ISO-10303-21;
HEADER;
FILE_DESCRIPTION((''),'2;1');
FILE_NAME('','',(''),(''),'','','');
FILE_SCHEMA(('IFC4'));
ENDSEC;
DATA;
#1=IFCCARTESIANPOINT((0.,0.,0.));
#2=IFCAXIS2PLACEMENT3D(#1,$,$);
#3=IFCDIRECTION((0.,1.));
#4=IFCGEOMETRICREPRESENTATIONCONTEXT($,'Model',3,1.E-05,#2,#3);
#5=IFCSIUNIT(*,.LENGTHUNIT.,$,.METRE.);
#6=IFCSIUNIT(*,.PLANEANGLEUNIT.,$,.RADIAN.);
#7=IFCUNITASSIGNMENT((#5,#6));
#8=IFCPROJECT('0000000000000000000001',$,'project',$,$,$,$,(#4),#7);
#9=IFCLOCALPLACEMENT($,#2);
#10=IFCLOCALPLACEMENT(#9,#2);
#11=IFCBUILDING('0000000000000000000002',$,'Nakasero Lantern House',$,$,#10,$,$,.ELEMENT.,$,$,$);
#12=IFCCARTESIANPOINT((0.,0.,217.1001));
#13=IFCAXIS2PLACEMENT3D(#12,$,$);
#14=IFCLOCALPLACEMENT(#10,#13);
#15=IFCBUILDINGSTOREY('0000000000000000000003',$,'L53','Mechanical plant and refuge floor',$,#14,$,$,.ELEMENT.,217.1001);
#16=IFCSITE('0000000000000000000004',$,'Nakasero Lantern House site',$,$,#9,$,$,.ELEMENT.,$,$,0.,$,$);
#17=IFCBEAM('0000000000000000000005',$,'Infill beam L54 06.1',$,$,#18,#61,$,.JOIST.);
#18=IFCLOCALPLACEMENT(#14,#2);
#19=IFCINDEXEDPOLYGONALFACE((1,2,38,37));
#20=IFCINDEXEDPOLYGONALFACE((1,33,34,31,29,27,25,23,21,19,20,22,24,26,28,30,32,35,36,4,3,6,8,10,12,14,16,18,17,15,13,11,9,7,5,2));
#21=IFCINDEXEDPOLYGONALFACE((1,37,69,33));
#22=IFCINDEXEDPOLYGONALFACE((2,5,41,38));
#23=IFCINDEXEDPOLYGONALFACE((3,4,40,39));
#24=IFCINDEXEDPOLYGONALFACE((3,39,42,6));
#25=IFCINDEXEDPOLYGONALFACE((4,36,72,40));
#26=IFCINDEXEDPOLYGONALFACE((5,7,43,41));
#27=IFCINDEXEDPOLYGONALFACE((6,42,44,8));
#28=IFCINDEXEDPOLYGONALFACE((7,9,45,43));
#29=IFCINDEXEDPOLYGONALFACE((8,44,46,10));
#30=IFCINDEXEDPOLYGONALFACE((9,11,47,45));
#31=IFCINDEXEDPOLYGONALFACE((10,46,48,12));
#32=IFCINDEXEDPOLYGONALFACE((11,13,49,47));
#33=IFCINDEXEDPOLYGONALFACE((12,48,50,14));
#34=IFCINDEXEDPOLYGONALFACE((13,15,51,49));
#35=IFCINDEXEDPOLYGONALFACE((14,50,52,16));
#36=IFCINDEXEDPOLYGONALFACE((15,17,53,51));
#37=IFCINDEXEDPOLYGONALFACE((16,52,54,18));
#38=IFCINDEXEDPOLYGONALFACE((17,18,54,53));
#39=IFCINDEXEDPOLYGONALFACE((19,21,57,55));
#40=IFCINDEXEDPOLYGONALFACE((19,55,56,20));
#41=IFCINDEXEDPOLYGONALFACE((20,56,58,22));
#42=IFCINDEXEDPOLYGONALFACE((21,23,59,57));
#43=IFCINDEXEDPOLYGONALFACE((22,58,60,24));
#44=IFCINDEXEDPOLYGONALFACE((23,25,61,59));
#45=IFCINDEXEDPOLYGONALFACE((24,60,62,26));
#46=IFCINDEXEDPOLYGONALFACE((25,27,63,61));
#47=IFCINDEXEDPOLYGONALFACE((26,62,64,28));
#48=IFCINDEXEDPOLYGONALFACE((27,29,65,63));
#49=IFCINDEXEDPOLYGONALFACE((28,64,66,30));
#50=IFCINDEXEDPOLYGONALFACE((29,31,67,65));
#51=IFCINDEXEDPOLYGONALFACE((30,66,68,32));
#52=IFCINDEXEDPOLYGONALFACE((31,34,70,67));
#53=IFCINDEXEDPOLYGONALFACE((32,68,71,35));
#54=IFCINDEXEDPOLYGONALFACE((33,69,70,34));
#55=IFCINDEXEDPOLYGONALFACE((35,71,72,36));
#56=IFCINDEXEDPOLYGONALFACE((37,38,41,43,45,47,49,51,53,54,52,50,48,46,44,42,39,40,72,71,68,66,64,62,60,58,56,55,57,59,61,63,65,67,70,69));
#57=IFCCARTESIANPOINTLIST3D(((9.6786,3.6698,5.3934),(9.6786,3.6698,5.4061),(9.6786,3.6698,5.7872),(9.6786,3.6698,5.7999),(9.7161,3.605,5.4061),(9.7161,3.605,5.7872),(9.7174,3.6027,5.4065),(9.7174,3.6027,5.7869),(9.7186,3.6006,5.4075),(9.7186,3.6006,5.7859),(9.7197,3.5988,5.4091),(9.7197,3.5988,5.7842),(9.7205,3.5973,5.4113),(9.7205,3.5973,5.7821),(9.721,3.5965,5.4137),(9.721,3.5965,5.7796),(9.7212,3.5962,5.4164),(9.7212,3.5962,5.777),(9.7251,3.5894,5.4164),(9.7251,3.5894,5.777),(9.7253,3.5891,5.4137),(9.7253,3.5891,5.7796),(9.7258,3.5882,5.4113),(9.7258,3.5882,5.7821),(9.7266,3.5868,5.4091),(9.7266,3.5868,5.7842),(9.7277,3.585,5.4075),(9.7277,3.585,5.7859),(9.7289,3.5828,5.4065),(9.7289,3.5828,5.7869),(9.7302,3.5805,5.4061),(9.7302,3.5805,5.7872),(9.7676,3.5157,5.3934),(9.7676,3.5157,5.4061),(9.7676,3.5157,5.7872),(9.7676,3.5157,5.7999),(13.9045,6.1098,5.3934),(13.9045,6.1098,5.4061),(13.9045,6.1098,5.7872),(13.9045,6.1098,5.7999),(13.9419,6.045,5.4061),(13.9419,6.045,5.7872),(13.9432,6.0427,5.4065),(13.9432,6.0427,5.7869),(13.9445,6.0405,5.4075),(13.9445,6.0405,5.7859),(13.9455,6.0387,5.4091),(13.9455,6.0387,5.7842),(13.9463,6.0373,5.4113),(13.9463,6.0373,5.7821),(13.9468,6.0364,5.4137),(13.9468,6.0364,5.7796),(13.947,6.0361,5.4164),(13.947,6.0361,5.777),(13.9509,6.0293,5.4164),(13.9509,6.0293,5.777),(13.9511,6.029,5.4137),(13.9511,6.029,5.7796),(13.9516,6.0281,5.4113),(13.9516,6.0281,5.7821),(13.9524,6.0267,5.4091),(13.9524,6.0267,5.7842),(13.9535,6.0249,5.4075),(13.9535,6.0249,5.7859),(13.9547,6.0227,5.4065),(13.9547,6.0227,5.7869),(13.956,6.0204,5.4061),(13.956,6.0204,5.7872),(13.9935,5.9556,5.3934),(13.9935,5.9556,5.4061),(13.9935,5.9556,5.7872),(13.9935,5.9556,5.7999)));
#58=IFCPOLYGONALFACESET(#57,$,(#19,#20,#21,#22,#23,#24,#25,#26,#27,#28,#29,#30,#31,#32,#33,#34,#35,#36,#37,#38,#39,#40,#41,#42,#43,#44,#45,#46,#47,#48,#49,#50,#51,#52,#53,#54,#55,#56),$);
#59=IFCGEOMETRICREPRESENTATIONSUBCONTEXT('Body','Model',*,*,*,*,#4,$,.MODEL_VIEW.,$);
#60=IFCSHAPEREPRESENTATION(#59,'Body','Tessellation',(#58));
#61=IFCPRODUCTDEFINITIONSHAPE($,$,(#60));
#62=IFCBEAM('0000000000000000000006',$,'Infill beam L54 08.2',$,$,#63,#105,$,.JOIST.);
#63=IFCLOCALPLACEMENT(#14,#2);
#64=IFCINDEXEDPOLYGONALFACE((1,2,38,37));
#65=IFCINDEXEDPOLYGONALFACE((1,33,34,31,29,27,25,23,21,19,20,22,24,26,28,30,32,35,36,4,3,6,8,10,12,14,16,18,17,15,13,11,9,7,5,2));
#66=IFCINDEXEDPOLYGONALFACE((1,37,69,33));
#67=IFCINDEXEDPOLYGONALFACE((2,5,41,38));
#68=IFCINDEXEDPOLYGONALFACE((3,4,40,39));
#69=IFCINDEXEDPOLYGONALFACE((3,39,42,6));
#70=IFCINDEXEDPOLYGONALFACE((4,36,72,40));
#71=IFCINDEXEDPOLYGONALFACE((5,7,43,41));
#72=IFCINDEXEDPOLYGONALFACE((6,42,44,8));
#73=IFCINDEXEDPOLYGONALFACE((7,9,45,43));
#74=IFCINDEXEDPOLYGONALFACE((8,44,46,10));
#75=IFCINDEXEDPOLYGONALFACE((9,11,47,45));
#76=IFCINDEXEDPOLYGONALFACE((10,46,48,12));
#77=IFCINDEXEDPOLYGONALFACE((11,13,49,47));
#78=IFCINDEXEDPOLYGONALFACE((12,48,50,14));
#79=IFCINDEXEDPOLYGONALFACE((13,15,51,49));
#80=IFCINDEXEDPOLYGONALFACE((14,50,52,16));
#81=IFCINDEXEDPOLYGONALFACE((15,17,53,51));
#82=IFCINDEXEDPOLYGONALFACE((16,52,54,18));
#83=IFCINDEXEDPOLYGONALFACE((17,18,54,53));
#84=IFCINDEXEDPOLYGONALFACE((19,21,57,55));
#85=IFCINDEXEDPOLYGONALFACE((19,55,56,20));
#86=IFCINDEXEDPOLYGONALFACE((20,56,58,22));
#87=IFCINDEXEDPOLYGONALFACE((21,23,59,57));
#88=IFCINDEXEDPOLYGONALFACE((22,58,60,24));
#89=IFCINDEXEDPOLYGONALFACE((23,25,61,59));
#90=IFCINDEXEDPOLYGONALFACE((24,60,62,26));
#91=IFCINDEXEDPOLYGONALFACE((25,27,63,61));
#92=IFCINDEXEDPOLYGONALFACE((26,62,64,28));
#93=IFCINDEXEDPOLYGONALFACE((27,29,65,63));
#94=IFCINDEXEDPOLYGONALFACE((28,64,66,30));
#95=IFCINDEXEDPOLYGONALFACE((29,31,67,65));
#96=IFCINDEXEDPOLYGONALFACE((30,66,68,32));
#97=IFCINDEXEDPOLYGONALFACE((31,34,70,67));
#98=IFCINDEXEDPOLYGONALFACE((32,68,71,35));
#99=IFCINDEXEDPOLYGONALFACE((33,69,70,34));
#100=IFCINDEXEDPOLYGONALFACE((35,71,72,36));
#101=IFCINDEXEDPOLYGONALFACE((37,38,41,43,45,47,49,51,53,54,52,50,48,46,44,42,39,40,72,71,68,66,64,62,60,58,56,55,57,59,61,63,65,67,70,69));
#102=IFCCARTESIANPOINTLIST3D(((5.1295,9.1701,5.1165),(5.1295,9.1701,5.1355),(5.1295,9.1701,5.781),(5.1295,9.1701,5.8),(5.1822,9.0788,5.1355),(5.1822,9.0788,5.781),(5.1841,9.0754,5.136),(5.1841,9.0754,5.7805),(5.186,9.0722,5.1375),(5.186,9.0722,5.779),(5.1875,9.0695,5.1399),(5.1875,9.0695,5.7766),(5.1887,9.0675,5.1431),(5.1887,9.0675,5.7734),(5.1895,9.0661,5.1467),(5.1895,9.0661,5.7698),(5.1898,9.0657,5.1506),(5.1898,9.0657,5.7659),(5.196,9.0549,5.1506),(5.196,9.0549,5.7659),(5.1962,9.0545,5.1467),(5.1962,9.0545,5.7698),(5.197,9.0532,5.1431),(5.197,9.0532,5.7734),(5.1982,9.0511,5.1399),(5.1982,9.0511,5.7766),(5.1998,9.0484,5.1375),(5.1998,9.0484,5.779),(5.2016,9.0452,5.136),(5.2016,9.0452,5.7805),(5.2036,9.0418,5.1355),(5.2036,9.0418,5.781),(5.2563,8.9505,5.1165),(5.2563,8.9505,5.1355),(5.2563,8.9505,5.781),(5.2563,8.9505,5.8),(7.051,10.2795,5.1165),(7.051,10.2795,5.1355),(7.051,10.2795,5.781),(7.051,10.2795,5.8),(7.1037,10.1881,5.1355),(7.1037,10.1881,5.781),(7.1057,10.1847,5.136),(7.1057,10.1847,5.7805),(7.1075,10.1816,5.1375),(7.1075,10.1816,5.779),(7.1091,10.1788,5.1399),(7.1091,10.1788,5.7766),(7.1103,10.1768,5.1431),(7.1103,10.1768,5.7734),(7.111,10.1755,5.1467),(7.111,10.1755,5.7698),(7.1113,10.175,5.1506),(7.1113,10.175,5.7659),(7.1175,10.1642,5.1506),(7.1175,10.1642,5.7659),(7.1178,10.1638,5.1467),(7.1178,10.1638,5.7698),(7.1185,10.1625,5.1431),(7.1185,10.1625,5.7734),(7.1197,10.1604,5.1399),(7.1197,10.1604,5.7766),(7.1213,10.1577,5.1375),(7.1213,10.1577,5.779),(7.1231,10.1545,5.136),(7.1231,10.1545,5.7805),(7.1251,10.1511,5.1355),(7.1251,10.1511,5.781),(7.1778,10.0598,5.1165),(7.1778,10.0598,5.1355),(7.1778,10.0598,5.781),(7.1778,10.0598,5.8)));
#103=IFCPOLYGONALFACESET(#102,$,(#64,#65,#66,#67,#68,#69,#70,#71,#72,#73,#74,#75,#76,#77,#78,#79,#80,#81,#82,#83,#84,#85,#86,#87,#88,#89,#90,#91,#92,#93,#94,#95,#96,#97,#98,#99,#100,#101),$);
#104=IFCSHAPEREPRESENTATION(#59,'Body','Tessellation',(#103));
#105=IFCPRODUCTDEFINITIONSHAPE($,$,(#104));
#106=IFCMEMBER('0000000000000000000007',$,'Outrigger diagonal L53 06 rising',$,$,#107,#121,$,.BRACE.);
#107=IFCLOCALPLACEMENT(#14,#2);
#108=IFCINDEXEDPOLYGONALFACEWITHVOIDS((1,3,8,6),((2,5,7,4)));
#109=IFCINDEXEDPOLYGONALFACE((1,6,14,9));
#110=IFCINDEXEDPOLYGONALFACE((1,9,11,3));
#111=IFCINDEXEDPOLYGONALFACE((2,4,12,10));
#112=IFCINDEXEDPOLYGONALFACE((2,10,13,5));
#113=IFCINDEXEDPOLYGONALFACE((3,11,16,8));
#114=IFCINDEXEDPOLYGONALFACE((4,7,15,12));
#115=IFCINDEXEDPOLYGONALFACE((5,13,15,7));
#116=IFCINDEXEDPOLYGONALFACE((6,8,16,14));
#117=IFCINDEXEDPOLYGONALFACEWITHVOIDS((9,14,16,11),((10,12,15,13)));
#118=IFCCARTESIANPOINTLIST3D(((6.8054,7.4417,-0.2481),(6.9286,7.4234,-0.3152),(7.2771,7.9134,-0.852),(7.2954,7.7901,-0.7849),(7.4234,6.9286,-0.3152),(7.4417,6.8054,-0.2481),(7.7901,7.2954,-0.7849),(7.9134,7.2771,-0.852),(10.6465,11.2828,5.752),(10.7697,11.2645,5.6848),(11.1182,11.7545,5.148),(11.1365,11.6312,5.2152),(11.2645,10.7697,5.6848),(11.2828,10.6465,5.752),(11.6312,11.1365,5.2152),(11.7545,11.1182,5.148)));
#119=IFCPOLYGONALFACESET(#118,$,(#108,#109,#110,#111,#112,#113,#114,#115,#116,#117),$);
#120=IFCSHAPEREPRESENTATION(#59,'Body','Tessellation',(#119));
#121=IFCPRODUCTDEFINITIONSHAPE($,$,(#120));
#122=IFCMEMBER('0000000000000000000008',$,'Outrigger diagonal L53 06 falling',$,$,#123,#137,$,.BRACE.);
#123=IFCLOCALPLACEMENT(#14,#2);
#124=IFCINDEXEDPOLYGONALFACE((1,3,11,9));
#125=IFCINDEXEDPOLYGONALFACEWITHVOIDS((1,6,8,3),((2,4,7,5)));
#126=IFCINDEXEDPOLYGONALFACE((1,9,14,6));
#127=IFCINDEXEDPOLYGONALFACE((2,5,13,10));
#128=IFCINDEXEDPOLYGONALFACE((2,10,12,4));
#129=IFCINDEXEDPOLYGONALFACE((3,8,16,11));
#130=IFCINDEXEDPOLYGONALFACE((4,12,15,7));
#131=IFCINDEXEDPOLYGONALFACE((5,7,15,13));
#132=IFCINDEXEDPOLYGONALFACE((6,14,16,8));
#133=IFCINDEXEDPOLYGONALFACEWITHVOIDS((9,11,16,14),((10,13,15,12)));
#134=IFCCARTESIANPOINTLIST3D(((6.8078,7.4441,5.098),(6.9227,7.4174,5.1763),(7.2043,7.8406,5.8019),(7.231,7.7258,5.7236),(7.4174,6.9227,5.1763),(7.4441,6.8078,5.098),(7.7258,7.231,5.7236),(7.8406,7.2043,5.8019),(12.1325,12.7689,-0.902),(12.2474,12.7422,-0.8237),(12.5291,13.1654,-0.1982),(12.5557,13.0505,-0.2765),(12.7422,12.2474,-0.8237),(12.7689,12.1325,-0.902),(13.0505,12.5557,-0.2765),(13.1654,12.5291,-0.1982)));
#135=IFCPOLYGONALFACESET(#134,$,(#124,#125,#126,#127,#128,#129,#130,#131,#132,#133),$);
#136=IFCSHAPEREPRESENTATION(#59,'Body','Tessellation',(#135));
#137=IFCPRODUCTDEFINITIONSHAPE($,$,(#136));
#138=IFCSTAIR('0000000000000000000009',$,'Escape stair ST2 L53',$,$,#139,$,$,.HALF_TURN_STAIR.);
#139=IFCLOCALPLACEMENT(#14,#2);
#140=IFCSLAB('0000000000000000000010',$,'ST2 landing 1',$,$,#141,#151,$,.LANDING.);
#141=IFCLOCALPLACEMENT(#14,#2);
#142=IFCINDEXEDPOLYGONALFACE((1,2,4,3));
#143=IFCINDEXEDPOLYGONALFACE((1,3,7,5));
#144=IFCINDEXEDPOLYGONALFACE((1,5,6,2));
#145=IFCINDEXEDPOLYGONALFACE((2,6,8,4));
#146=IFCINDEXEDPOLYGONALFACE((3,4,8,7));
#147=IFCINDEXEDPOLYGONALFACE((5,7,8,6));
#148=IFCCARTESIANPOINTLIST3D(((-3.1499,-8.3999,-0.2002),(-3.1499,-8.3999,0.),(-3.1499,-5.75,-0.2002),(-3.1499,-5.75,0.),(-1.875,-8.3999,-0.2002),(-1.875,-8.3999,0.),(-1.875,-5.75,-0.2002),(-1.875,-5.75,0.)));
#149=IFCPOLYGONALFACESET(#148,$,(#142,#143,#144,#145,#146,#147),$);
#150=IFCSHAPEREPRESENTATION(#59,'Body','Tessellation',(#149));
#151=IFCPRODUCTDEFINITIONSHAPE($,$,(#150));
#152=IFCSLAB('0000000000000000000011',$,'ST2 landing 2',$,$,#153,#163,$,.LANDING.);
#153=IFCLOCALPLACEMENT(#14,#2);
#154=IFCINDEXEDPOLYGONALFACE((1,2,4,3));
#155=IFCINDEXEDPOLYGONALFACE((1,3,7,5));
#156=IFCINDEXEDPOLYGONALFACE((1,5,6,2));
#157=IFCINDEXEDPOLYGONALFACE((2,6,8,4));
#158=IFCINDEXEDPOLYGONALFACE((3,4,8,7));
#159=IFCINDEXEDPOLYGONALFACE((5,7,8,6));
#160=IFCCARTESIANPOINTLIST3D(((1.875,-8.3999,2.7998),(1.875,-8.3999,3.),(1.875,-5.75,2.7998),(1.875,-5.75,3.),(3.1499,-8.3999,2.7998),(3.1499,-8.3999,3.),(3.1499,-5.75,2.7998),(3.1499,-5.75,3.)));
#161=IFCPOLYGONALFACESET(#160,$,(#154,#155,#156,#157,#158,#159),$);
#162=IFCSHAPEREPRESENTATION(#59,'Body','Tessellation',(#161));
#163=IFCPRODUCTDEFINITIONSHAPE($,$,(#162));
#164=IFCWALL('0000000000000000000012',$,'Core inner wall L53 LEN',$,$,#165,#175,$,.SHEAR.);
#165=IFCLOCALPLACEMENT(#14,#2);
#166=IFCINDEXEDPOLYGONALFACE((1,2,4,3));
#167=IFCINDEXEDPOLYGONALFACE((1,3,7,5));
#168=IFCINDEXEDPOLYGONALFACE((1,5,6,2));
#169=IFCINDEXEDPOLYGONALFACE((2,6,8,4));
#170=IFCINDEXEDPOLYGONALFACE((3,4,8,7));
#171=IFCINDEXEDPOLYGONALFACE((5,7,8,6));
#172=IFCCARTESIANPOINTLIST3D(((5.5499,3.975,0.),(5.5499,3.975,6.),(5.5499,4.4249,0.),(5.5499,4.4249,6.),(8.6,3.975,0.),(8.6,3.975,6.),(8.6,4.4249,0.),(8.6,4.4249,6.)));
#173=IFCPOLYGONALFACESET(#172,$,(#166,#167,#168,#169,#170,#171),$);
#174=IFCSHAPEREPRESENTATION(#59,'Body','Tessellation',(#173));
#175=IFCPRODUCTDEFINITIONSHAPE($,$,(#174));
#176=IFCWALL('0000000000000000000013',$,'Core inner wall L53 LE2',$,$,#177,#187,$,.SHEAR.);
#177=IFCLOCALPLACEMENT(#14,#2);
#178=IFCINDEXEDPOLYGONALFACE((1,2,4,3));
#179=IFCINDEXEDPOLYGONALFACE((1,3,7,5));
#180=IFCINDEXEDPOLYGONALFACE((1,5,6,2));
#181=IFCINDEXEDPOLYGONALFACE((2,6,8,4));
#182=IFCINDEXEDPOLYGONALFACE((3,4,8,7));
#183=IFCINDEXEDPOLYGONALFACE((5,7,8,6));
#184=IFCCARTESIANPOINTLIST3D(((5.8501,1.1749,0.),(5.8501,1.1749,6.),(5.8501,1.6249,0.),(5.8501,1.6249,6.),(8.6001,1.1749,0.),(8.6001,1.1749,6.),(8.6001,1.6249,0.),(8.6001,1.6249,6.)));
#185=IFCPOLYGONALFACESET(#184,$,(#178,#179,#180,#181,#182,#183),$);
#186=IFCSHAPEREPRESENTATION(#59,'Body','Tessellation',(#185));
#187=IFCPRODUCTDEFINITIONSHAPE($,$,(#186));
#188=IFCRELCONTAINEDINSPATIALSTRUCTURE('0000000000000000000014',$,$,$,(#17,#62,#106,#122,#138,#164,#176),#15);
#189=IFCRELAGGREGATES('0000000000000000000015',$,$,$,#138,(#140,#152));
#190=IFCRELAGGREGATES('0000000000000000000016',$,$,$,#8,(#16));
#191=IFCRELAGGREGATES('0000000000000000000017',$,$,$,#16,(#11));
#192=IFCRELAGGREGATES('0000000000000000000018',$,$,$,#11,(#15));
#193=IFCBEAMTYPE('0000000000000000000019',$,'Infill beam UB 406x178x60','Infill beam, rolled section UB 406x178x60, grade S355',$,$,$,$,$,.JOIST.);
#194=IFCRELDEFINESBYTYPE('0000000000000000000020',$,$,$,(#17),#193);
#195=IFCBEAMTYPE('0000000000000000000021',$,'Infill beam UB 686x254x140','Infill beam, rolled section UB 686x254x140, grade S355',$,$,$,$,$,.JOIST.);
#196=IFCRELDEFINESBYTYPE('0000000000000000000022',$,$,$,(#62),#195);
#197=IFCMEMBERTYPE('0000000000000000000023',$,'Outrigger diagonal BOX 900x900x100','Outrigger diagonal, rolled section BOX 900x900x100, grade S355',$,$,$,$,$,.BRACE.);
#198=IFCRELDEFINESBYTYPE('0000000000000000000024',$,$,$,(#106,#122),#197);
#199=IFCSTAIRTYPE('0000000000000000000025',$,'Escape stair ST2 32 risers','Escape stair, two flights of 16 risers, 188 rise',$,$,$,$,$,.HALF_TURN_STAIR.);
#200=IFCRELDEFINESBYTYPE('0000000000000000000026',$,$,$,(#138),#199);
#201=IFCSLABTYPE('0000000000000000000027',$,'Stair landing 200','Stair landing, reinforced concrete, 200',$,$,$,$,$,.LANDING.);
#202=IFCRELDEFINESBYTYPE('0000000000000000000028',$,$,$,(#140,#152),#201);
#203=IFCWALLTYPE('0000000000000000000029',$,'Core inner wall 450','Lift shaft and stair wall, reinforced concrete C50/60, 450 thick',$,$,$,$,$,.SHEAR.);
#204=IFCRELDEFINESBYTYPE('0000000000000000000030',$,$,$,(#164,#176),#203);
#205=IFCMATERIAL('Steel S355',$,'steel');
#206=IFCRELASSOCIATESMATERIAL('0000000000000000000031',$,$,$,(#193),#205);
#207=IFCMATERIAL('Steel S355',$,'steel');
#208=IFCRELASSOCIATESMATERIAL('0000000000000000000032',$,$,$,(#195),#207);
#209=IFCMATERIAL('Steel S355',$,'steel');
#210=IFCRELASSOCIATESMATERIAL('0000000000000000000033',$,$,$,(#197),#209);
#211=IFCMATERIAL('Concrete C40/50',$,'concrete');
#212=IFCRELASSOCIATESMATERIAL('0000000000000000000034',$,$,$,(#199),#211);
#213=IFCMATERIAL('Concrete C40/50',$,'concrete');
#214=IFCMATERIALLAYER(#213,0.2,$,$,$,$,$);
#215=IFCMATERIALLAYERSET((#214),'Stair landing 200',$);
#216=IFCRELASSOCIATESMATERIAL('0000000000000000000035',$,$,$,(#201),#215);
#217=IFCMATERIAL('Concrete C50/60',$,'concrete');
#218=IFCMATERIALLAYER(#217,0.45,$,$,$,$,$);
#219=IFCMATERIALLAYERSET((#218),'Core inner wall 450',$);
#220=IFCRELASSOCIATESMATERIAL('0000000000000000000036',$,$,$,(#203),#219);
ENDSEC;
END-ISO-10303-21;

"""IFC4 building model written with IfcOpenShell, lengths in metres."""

from ifc_helpers import new_model, si_unit, direction, frame, frame_2d, origin, origin_2d, place, context, subcontext, project, spatial, polyline, rectangle, hollow_rectangle, i_section, outline, extrude, material, layer, layer_set, material_profile, profile_set, type_object, element, aggregate, save


model = new_model("IFC4")

# Units and contexts
model_context = context("Model", 3, precision=1e-05, world=origin(), true_north=direction((0.0, 1.0)))
body_context = subcontext(model_context, "Body", "Model", "MODEL_VIEW")
ifc_project = project(units=[si_unit("LENGTHUNIT", "METRE"), si_unit("PLANEANGLEUNIT", "RADIAN")], contexts=[model_context])

# Site, building, storey
site_placement = place(None, origin())
site = spatial("IfcSite", under=ifc_project, at=site_placement, Name="Nakasero Lantern House site", CompositionType="ELEMENT", RefElevation=0.0)
building_placement = place(site_placement, origin())
building = spatial("IfcBuilding", under=site, at=building_placement, Name="Nakasero Lantern House", CompositionType="ELEMENT")
storey_placement = place(building_placement, frame((0.0, 0.0, 217.1001)))
storey = spatial("IfcBuildingStorey", under=building, at=storey_placement, Name="L53", Description="Mechanical plant and refuge floor", CompositionType="ELEMENT", Elevation=217.1001)

# Beams
ifc_material_1 = material(Name="Steel S355", Category="steel")
ifc_material_profile_1 = material_profile(ifc_material_1, i_section(OverallWidth=0.178, OverallDepth=0.4065, WebThickness=0.0078, FlangeThickness=0.0127, FilletRadius=0.0103, at=origin_2d()), Name="UB 406x178x60")
ifc_profile_set_1 = profile_set([ifc_material_profile_1], Name="Steel S355")
beam_type_1 = type_object("IfcBeamType", Name="Infill beam UB 406x178x60", Description="Infill beam, rolled section UB 406x178x60, grade S355", PredefinedType="JOIST", material=ifc_profile_set_1)
beam_1_placement = place(storey_placement, frame((9.7231, 3.5928, 5.5967), z_axis=(0.866011, 0.500024, 0.0), x_axis=(-0.500024, 0.866011, 0.0)))
element("IfcBeam", 1, at=beam_1_placement, inside=storey, type_object=beam_type_1, Name="Infill beam L54 06.1", PredefinedType="JOIST", context=body_context, shape_type="SweptSolid", body=[
    extrude(i_section(OverallWidth=0.178, OverallDepth=0.4065, WebThickness=0.0078, FlangeThickness=0.0127, FilletRadius=0.0103, at=origin_2d()), origin(), (0.0, 0.0, 1.0), 4.8796),
])
ifc_material_2 = material(Name="Steel S355", Category="steel")
ifc_material_profile_2 = material_profile(ifc_material_2, i_section(OverallWidth=0.2537, OverallDepth=0.6836, WebThickness=0.0125, FlangeThickness=0.019, FilletRadius=0.0151, at=origin_2d()), Name="UB 686x254x140")
ifc_profile_set_2 = profile_set([ifc_material_profile_2], Name="Steel S355")
beam_type_2 = type_object("IfcBeamType", Name="Infill beam UB 686x254x140", Description="Infill beam, rolled section UB 686x254x140, grade S355", PredefinedType="JOIST", material=ifc_profile_set_2)
beam_2_placement = place(storey_placement, frame((5.1929, 9.0603, 5.4583), z_axis=(0.866041, 0.499973, 0.0), x_axis=(-0.499973, 0.866041, 0.0)))
element("IfcBeam", 2, at=beam_2_placement, inside=storey, type_object=beam_type_2, Name="Infill beam L54 08.2", PredefinedType="JOIST", context=body_context, shape_type="SweptSolid", body=[
    extrude(i_section(OverallWidth=0.2537, OverallDepth=0.6836, WebThickness=0.0125, FlangeThickness=0.019, FilletRadius=0.0151, at=origin_2d()), origin(), (0.0, 0.0, 1.0), 2.2188),
])

# Members
ifc_material_3 = material(Name="Steel S355", Category="steel")
ifc_material_profile_3 = material_profile(ifc_material_3, hollow_rectangle(XDim=0.8999, YDim=0.8999, WallThickness=0.1001, at=origin_2d()), Name="BOX 900x900x100")
ifc_profile_set_3 = profile_set([ifc_material_profile_3], Name="Steel S355")
member_type = type_object("IfcMemberType", Name="Outrigger diagonal BOX 900x900x100", Description="Outrigger diagonal, rolled section BOX 900x900x100, grade S355", PredefinedType="BRACE", material=ifc_profile_set_3)
member_1_placement = place(storey_placement, frame((7.3594, 7.3594, -0.55), z_axis=(0.474576, 0.474576, 0.74132), x_axis=(-0.707107, 0.707107, 0.0)))
element("IfcMember", 3, at=member_1_placement, inside=storey, type_object=member_type, Name="Outrigger diagonal L53 06 rising", PredefinedType="BRACE", context=body_context, shape_type="SweptSolid", body=[
    extrude(hollow_rectangle(XDim=0.8999, YDim=0.8999, WallThickness=0.1001, at=origin_2d()), origin(), (0.0, 0.0, 1.0), 8.0938),
])
member_2_placement = place(storey_placement, frame((7.3242, 7.3242, 5.45), z_axis=(0.553024, 0.553024, -0.62316), x_axis=(-0.707107, 0.707107, 0.0)))
element("IfcMember", 4, at=member_2_placement, inside=storey, type_object=member_type, Name="Outrigger diagonal L53 06 falling", PredefinedType="BRACE", context=body_context, shape_type="SweptSolid", body=[
    extrude(hollow_rectangle(XDim=0.8999, YDim=0.8999, WallThickness=0.1001, at=origin_2d()), origin(), (0.0, 0.0, 1.0), 9.6284),
])

# Stair, slabs
ifc_material_4 = material(Name="Concrete C40/50", Category="concrete")
stair_type_1 = type_object("IfcStairType", Name="Escape stair ST2 32 risers", Description="Escape stair, two flights of 16 risers, 188 rise", PredefinedType="HALF_TURN_STAIR", material=ifc_material_4)
stair_1_placement = place(storey_placement, origin())
stair_1 = element("IfcStair", 5, at=stair_1_placement, inside=storey, type_object=stair_type_1, Name="Escape stair ST2 L53", PredefinedType="HALF_TURN_STAIR")
ifc_material_5 = material(Name="Concrete C40/50", Category="concrete")
ifc_layer_1 = layer(ifc_material_5, 0.2)
ifc_layer_set_1 = layer_set([ifc_layer_1], Name="Stair landing 200")
slab_type = type_object("IfcSlabType", Name="Stair landing 200", Description="Stair landing, reinforced concrete, 200", PredefinedType="LANDING", material=ifc_layer_set_1)
slab_1_placement = place(storey_placement, frame((0.0, 0.0, -0.2002)))
slab_1 = element("IfcSlab", 6, at=slab_1_placement, type_object=slab_type, Name="ST2 landing 1", PredefinedType="LANDING", context=body_context, shape_type="SweptSolid", body=[
    extrude(outline(polyline([(-3.1499, -8.3999), (-1.875, -8.3999), (-1.875, -5.75), (-3.1499, -5.75), (-3.1499, -8.3999)])), origin(), (0.0, 0.0, 1.0), 0.2002),
])
slab_2_placement = place(storey_placement, frame((0.0, 0.0, 2.7998)))
slab_2 = element("IfcSlab", 7, at=slab_2_placement, type_object=slab_type, Name="ST2 landing 2", PredefinedType="LANDING", context=body_context, shape_type="SweptSolid", body=[
    extrude(outline(polyline([(1.875, -8.3999), (3.1499, -8.3999), (3.1499, -5.75), (1.875, -5.75), (1.875, -8.3999)])), origin(), (0.0, 0.0, 1.0), 0.2002),
])
aggregate(stair_1, [slab_1, slab_2])

# Walls
ifc_material_6 = material(Name="Concrete C50/60", Category="concrete")
ifc_layer_2 = layer(ifc_material_6, 0.45)
ifc_layer_set_2 = layer_set([ifc_layer_2], Name="Core inner wall 450")
wall_type_1 = type_object("IfcWallType", Name="Core inner wall 450", Description="Lift shaft and stair wall, reinforced concrete C50/60, 450 thick", PredefinedType="SHEAR", material=ifc_layer_set_2)
wall_1_placement = place(storey_placement, frame((5.55, 4.2, 0.0), z_axis=(0.0, 0.0, 1.0), x_axis=(1.0, 0.0, 0.0)))
element("IfcWall", 8, at=wall_1_placement, inside=storey, type_object=wall_type_1, Name="Core inner wall L53 LEN", PredefinedType="SHEAR", context=body_context, shape_type="SweptSolid", body=[
    extrude(rectangle(XDim=3.05, YDim=0.45, at=frame_2d((1.5249, 0.0))), origin(), (0.0, 0.0, 1.0), 6.0),
])
wall_2_placement = place(storey_placement, frame((5.8501, 1.3999, 0.0), z_axis=(0.0, 0.0, 1.0), x_axis=(1.0, 0.0, 0.0)))
element("IfcWall", 9, at=wall_2_placement, inside=storey, type_object=wall_type_1, Name="Core inner wall L53 LE2", PredefinedType="SHEAR", context=body_context, shape_type="SweptSolid", body=[
    extrude(rectangle(XDim=2.75, YDim=0.45, at=frame_2d((1.375, 0.0))), origin(), (0.0, 0.0, 1.0), 6.0),
])

save(model, "model.ifc")
